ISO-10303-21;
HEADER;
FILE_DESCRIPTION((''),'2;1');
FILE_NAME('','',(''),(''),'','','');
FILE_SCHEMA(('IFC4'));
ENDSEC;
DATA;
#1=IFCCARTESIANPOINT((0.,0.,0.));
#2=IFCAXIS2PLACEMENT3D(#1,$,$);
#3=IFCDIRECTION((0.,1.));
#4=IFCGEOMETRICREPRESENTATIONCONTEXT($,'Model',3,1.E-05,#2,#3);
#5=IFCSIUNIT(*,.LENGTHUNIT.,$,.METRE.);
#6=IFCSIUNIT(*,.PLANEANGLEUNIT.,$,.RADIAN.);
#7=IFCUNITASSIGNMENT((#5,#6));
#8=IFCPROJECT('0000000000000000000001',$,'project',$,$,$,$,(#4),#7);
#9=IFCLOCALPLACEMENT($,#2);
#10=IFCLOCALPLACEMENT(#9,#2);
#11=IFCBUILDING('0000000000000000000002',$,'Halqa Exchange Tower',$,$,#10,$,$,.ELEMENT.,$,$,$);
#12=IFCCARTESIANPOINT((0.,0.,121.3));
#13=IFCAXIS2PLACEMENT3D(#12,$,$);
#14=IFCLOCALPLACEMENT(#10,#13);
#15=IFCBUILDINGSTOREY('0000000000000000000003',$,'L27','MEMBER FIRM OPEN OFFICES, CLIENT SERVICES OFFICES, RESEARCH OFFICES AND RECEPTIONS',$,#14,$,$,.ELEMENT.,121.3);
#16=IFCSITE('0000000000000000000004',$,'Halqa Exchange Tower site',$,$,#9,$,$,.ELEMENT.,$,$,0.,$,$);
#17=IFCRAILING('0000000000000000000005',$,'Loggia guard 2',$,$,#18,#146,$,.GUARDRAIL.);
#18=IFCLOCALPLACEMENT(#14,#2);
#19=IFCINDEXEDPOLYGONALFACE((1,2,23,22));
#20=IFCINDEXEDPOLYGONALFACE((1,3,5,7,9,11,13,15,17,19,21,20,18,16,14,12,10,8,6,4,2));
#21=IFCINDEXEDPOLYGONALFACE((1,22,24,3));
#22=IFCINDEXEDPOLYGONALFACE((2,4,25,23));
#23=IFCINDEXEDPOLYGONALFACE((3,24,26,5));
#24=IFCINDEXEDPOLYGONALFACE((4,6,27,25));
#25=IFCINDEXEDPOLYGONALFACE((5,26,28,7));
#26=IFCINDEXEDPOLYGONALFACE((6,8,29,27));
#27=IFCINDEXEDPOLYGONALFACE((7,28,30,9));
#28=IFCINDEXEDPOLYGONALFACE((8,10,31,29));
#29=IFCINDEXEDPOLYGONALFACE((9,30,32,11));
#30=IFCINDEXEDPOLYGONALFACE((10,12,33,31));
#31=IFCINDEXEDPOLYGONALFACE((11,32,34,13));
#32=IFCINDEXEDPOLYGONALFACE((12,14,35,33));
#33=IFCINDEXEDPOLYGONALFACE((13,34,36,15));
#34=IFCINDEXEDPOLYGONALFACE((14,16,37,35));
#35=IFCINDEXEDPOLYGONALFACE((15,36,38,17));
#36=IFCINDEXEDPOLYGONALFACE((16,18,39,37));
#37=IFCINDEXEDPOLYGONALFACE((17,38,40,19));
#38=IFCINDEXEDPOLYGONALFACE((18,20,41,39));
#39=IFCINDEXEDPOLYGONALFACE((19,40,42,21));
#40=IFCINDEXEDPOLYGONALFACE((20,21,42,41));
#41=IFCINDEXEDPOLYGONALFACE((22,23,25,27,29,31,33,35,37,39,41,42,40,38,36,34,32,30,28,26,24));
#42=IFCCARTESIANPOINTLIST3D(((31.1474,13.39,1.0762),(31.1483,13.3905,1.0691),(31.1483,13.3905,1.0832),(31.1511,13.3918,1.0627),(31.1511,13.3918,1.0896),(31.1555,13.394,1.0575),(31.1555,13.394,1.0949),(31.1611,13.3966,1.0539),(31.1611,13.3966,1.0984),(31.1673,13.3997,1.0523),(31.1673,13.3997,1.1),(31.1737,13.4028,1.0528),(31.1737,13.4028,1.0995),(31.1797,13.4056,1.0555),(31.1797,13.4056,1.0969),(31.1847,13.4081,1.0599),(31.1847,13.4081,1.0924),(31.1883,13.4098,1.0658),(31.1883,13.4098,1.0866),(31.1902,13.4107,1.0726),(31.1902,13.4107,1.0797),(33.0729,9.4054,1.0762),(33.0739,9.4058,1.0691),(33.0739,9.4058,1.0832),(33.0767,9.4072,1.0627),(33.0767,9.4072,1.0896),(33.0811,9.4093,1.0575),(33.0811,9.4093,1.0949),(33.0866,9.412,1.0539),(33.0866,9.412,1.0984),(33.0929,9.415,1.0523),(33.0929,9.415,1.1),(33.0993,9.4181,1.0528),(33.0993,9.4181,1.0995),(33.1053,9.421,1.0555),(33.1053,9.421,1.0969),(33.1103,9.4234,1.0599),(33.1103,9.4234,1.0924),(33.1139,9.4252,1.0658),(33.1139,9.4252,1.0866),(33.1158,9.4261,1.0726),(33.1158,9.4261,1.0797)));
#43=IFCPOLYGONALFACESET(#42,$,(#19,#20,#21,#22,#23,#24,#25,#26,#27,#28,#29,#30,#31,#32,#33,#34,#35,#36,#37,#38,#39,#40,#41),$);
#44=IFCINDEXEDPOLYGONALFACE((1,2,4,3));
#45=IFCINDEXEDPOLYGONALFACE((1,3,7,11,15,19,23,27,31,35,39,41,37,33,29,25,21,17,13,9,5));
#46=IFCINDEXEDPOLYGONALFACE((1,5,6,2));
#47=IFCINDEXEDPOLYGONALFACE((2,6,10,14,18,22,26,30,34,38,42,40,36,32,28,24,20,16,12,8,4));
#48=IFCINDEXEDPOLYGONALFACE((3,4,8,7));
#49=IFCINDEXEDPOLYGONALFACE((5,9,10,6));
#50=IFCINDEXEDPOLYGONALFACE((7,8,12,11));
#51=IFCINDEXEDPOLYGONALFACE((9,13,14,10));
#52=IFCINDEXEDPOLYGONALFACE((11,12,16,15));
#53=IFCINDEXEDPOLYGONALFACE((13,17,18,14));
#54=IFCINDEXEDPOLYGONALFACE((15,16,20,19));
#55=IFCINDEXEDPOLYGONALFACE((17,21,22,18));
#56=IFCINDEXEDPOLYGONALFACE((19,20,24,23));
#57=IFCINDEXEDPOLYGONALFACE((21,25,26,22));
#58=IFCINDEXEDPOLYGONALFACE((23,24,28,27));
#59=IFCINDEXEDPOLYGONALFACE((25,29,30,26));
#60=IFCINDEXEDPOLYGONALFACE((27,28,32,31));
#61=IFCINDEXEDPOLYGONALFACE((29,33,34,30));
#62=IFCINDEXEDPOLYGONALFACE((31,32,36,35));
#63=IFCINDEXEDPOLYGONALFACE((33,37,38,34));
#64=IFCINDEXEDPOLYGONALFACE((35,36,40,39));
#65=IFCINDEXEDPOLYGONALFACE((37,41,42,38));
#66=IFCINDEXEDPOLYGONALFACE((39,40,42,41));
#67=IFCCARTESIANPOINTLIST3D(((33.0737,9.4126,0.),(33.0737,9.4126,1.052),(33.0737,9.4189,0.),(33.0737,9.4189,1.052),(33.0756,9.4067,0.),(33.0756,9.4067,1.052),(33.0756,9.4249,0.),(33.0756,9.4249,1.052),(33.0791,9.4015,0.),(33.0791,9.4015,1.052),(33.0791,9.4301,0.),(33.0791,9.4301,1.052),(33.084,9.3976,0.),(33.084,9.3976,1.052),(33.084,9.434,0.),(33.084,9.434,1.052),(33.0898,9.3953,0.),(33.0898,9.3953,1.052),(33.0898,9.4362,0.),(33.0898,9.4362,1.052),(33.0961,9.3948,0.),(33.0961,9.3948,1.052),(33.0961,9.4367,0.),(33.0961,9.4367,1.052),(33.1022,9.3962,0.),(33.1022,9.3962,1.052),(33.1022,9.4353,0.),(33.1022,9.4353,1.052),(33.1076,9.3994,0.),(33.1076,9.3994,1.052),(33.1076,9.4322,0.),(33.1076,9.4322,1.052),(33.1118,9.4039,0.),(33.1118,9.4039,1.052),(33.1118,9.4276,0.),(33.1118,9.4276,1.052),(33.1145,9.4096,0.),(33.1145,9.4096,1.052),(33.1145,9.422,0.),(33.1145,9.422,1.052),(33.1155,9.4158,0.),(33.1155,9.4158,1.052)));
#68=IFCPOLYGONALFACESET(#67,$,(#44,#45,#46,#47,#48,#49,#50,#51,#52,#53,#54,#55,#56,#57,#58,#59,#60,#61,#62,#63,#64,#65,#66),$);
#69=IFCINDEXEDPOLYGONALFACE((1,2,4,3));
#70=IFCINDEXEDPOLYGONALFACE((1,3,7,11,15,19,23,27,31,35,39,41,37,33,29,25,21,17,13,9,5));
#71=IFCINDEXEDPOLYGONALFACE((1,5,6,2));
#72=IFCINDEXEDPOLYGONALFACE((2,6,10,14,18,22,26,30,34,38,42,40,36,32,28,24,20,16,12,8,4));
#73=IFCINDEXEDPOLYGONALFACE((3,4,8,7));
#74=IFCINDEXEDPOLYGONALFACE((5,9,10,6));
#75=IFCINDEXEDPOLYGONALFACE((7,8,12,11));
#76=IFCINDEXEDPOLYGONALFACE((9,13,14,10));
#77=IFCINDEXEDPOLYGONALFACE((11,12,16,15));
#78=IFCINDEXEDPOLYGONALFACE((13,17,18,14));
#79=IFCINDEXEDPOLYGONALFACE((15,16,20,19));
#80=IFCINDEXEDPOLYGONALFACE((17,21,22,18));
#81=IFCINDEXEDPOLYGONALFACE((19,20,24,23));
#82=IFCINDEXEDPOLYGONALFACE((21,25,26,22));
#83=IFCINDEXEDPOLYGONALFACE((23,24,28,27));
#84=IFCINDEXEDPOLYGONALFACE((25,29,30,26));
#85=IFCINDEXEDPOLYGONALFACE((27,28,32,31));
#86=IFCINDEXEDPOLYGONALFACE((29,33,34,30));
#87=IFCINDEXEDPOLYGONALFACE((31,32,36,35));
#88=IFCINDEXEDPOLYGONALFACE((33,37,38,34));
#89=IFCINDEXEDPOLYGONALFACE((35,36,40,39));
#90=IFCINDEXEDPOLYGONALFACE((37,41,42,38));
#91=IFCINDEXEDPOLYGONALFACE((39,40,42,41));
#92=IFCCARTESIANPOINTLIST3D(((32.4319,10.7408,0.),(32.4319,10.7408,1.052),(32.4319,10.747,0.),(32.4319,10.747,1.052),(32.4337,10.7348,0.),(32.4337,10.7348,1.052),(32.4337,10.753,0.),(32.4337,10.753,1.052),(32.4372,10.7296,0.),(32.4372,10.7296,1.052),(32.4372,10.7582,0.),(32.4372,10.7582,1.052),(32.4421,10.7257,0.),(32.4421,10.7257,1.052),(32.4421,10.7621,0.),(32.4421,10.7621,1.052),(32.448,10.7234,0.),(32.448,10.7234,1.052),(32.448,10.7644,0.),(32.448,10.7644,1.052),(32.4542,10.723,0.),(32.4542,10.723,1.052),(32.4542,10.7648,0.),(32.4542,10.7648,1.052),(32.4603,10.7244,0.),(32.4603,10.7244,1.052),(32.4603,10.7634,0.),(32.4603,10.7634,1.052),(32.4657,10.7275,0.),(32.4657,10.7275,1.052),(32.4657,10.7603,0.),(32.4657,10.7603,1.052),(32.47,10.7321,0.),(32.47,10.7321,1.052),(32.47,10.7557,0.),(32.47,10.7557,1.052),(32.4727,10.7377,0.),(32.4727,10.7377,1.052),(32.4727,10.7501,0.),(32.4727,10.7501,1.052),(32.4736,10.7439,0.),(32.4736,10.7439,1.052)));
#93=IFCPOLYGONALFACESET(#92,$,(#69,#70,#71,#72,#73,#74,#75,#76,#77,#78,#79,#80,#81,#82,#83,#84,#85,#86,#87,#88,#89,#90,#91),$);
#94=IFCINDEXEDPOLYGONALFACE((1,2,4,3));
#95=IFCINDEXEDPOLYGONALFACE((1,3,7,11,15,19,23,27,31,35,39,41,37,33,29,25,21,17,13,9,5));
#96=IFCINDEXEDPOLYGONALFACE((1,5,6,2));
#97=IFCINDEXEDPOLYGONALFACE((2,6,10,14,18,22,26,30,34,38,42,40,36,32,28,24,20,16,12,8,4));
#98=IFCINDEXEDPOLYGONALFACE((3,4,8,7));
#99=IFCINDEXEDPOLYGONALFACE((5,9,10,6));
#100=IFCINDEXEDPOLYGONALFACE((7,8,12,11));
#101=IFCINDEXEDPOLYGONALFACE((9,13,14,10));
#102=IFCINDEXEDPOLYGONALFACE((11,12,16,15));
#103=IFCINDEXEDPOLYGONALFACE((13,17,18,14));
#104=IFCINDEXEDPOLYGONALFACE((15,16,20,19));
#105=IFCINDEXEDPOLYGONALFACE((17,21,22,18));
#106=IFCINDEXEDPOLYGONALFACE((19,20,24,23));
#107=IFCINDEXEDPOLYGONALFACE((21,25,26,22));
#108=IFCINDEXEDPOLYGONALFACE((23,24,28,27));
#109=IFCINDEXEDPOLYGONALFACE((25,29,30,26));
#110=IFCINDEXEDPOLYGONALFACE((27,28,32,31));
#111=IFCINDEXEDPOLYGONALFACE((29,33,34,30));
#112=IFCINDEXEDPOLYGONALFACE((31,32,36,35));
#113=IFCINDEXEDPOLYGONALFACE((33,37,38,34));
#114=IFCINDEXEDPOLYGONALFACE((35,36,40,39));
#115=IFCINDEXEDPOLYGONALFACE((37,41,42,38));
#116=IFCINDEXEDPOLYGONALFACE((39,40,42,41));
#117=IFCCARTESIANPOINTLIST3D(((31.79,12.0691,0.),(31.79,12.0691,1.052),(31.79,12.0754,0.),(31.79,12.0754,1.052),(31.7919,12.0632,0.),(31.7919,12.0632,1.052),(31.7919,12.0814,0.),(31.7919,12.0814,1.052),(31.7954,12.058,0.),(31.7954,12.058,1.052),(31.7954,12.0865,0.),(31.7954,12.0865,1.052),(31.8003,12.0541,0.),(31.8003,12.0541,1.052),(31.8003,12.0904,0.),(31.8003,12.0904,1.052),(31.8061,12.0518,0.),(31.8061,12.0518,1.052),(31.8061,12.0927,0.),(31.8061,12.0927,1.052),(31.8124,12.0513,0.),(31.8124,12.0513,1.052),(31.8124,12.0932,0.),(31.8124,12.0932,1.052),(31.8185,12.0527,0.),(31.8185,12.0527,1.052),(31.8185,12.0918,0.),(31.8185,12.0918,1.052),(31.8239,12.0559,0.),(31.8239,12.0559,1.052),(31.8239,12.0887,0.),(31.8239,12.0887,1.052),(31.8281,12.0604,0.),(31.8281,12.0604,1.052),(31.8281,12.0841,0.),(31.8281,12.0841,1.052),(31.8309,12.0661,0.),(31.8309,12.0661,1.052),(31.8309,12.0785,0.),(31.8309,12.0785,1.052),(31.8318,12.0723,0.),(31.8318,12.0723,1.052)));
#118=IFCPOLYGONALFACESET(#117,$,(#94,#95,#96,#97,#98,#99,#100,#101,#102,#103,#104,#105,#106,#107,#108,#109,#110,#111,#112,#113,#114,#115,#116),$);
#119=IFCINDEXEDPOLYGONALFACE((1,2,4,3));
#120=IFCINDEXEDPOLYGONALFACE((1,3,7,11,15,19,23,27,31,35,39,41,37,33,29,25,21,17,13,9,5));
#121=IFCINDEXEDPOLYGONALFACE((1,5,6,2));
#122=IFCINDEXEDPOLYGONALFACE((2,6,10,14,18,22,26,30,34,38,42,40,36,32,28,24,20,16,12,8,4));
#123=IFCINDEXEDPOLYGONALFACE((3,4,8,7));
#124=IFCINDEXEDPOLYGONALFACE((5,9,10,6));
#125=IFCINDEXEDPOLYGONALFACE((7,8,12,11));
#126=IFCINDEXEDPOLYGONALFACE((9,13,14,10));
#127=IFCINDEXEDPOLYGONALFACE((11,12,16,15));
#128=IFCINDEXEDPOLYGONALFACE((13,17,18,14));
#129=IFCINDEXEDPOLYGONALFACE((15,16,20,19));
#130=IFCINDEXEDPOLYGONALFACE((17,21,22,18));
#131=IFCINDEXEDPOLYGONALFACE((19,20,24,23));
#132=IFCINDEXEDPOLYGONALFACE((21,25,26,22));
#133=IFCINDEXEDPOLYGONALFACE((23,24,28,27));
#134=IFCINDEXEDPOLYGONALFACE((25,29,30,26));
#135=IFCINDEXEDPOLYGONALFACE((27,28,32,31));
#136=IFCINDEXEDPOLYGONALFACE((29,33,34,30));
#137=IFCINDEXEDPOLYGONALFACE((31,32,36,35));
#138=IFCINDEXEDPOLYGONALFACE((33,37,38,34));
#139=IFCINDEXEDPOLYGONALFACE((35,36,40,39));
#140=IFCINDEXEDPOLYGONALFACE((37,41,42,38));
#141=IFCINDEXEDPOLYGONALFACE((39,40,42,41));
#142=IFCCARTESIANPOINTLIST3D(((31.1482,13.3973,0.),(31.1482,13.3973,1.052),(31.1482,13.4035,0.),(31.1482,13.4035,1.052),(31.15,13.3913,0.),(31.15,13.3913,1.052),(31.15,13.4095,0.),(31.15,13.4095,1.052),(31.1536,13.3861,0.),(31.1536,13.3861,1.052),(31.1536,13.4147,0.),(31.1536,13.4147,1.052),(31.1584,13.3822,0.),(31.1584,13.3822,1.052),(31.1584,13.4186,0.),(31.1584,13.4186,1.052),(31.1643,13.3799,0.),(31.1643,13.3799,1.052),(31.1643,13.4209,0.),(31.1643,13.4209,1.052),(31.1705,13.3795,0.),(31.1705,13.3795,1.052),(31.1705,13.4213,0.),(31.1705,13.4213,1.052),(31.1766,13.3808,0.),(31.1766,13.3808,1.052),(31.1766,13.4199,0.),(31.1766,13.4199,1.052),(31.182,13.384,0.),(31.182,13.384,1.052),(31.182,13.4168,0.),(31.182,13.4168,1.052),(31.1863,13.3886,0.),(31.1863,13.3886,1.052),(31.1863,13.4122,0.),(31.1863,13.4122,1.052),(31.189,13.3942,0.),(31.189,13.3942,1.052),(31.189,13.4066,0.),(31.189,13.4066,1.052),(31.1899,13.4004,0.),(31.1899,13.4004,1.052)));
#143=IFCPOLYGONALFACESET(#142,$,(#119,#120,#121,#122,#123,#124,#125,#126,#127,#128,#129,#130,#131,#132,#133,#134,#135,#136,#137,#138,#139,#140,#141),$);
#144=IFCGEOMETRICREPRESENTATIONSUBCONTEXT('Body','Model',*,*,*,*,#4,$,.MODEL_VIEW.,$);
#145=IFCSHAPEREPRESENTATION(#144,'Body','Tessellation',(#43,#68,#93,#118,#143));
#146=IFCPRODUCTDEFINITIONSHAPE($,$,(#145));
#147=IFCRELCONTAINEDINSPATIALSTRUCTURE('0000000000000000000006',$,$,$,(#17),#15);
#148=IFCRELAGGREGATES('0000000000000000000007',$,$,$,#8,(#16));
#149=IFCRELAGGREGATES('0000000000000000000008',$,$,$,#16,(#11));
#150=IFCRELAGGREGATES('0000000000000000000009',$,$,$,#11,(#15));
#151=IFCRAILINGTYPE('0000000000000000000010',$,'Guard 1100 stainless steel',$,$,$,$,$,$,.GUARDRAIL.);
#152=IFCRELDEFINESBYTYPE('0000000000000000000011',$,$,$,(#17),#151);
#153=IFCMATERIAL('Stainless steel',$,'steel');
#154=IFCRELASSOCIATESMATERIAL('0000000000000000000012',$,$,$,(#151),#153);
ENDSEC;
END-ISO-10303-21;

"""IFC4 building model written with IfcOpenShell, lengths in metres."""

from ifc_helpers import new_model, si_unit, direction, frame, origin, origin_2d, place, context, subcontext, project, spatial, circle, extrude, material, type_object, element, save


model = new_model("IFC4")

# Units and contexts
model_context = context("Model", 3, precision=1e-05, world=origin(), true_north=direction((0.0, 1.0)))
body_context = subcontext(model_context, "Body", "Model", "MODEL_VIEW")
ifc_project = project(units=[si_unit("LENGTHUNIT", "METRE"), si_unit("PLANEANGLEUNIT", "RADIAN")], contexts=[model_context])

# Site, building, storey
site_placement = place(None, origin())
site = spatial("IfcSite", under=ifc_project, at=site_placement, Name="Halqa Exchange Tower site", CompositionType="ELEMENT", RefElevation=0.0)
building_placement = place(site_placement, origin())
building = spatial("IfcBuilding", under=site, at=building_placement, Name="Halqa Exchange Tower", CompositionType="ELEMENT")
storey_placement = place(building_placement, frame((0.0, 0.0, 121.3)))
storey = spatial("IfcBuildingStorey", under=building, at=storey_placement, Name="L27", Description="MEMBER FIRM OPEN OFFICES, CLIENT SERVICES OFFICES, RESEARCH OFFICES AND RECEPTIONS", CompositionType="ELEMENT", Elevation=121.3)

# Railing
ifc_material_1 = material(Name="Stainless steel", Category="steel")
railing_type = type_object("IfcRailingType", Name="Guard 1100 stainless steel", PredefinedType="GUARDRAIL", material=ifc_material_1)
railing_1_placement = place(storey_placement, frame((33.0945, 9.4158, 0.0)))
element("IfcRailing", 1, at=railing_1_placement, inside=storey, type_object=railing_type, Name="Loggia guard 2", PredefinedType="GUARDRAIL", context=body_context, shape_type="SweptSolid", body=[
    extrude(circle(Radius=0.0239, at=origin_2d()), frame((0.0, 0.0, 1.0762), z_axis=(-0.435102, 0.900381, 0.0), x_axis=(-0.900381, -0.435102, 0.0)), (0.0, 0.0, 1.0), 4.4255),
    extrude(circle(Radius=0.021, at=origin_2d()), origin(), (0.0, 0.0, 1.0), 1.052),
    extrude(circle(Radius=0.021, at=origin_2d()), frame((-0.6418, 1.3281, 0.0)), (0.0, 0.0, 1.0), 1.052),
    extrude(circle(Radius=0.021, at=origin_2d()), frame((-1.2837, 2.6565, 0.0)), (0.0, 0.0, 1.0), 1.052),
    extrude(circle(Radius=0.021, at=origin_2d()), frame((-1.9255, 3.9846, 0.0)), (0.0, 0.0, 1.0), 1.052),
])

save(model, "model.ifc")
